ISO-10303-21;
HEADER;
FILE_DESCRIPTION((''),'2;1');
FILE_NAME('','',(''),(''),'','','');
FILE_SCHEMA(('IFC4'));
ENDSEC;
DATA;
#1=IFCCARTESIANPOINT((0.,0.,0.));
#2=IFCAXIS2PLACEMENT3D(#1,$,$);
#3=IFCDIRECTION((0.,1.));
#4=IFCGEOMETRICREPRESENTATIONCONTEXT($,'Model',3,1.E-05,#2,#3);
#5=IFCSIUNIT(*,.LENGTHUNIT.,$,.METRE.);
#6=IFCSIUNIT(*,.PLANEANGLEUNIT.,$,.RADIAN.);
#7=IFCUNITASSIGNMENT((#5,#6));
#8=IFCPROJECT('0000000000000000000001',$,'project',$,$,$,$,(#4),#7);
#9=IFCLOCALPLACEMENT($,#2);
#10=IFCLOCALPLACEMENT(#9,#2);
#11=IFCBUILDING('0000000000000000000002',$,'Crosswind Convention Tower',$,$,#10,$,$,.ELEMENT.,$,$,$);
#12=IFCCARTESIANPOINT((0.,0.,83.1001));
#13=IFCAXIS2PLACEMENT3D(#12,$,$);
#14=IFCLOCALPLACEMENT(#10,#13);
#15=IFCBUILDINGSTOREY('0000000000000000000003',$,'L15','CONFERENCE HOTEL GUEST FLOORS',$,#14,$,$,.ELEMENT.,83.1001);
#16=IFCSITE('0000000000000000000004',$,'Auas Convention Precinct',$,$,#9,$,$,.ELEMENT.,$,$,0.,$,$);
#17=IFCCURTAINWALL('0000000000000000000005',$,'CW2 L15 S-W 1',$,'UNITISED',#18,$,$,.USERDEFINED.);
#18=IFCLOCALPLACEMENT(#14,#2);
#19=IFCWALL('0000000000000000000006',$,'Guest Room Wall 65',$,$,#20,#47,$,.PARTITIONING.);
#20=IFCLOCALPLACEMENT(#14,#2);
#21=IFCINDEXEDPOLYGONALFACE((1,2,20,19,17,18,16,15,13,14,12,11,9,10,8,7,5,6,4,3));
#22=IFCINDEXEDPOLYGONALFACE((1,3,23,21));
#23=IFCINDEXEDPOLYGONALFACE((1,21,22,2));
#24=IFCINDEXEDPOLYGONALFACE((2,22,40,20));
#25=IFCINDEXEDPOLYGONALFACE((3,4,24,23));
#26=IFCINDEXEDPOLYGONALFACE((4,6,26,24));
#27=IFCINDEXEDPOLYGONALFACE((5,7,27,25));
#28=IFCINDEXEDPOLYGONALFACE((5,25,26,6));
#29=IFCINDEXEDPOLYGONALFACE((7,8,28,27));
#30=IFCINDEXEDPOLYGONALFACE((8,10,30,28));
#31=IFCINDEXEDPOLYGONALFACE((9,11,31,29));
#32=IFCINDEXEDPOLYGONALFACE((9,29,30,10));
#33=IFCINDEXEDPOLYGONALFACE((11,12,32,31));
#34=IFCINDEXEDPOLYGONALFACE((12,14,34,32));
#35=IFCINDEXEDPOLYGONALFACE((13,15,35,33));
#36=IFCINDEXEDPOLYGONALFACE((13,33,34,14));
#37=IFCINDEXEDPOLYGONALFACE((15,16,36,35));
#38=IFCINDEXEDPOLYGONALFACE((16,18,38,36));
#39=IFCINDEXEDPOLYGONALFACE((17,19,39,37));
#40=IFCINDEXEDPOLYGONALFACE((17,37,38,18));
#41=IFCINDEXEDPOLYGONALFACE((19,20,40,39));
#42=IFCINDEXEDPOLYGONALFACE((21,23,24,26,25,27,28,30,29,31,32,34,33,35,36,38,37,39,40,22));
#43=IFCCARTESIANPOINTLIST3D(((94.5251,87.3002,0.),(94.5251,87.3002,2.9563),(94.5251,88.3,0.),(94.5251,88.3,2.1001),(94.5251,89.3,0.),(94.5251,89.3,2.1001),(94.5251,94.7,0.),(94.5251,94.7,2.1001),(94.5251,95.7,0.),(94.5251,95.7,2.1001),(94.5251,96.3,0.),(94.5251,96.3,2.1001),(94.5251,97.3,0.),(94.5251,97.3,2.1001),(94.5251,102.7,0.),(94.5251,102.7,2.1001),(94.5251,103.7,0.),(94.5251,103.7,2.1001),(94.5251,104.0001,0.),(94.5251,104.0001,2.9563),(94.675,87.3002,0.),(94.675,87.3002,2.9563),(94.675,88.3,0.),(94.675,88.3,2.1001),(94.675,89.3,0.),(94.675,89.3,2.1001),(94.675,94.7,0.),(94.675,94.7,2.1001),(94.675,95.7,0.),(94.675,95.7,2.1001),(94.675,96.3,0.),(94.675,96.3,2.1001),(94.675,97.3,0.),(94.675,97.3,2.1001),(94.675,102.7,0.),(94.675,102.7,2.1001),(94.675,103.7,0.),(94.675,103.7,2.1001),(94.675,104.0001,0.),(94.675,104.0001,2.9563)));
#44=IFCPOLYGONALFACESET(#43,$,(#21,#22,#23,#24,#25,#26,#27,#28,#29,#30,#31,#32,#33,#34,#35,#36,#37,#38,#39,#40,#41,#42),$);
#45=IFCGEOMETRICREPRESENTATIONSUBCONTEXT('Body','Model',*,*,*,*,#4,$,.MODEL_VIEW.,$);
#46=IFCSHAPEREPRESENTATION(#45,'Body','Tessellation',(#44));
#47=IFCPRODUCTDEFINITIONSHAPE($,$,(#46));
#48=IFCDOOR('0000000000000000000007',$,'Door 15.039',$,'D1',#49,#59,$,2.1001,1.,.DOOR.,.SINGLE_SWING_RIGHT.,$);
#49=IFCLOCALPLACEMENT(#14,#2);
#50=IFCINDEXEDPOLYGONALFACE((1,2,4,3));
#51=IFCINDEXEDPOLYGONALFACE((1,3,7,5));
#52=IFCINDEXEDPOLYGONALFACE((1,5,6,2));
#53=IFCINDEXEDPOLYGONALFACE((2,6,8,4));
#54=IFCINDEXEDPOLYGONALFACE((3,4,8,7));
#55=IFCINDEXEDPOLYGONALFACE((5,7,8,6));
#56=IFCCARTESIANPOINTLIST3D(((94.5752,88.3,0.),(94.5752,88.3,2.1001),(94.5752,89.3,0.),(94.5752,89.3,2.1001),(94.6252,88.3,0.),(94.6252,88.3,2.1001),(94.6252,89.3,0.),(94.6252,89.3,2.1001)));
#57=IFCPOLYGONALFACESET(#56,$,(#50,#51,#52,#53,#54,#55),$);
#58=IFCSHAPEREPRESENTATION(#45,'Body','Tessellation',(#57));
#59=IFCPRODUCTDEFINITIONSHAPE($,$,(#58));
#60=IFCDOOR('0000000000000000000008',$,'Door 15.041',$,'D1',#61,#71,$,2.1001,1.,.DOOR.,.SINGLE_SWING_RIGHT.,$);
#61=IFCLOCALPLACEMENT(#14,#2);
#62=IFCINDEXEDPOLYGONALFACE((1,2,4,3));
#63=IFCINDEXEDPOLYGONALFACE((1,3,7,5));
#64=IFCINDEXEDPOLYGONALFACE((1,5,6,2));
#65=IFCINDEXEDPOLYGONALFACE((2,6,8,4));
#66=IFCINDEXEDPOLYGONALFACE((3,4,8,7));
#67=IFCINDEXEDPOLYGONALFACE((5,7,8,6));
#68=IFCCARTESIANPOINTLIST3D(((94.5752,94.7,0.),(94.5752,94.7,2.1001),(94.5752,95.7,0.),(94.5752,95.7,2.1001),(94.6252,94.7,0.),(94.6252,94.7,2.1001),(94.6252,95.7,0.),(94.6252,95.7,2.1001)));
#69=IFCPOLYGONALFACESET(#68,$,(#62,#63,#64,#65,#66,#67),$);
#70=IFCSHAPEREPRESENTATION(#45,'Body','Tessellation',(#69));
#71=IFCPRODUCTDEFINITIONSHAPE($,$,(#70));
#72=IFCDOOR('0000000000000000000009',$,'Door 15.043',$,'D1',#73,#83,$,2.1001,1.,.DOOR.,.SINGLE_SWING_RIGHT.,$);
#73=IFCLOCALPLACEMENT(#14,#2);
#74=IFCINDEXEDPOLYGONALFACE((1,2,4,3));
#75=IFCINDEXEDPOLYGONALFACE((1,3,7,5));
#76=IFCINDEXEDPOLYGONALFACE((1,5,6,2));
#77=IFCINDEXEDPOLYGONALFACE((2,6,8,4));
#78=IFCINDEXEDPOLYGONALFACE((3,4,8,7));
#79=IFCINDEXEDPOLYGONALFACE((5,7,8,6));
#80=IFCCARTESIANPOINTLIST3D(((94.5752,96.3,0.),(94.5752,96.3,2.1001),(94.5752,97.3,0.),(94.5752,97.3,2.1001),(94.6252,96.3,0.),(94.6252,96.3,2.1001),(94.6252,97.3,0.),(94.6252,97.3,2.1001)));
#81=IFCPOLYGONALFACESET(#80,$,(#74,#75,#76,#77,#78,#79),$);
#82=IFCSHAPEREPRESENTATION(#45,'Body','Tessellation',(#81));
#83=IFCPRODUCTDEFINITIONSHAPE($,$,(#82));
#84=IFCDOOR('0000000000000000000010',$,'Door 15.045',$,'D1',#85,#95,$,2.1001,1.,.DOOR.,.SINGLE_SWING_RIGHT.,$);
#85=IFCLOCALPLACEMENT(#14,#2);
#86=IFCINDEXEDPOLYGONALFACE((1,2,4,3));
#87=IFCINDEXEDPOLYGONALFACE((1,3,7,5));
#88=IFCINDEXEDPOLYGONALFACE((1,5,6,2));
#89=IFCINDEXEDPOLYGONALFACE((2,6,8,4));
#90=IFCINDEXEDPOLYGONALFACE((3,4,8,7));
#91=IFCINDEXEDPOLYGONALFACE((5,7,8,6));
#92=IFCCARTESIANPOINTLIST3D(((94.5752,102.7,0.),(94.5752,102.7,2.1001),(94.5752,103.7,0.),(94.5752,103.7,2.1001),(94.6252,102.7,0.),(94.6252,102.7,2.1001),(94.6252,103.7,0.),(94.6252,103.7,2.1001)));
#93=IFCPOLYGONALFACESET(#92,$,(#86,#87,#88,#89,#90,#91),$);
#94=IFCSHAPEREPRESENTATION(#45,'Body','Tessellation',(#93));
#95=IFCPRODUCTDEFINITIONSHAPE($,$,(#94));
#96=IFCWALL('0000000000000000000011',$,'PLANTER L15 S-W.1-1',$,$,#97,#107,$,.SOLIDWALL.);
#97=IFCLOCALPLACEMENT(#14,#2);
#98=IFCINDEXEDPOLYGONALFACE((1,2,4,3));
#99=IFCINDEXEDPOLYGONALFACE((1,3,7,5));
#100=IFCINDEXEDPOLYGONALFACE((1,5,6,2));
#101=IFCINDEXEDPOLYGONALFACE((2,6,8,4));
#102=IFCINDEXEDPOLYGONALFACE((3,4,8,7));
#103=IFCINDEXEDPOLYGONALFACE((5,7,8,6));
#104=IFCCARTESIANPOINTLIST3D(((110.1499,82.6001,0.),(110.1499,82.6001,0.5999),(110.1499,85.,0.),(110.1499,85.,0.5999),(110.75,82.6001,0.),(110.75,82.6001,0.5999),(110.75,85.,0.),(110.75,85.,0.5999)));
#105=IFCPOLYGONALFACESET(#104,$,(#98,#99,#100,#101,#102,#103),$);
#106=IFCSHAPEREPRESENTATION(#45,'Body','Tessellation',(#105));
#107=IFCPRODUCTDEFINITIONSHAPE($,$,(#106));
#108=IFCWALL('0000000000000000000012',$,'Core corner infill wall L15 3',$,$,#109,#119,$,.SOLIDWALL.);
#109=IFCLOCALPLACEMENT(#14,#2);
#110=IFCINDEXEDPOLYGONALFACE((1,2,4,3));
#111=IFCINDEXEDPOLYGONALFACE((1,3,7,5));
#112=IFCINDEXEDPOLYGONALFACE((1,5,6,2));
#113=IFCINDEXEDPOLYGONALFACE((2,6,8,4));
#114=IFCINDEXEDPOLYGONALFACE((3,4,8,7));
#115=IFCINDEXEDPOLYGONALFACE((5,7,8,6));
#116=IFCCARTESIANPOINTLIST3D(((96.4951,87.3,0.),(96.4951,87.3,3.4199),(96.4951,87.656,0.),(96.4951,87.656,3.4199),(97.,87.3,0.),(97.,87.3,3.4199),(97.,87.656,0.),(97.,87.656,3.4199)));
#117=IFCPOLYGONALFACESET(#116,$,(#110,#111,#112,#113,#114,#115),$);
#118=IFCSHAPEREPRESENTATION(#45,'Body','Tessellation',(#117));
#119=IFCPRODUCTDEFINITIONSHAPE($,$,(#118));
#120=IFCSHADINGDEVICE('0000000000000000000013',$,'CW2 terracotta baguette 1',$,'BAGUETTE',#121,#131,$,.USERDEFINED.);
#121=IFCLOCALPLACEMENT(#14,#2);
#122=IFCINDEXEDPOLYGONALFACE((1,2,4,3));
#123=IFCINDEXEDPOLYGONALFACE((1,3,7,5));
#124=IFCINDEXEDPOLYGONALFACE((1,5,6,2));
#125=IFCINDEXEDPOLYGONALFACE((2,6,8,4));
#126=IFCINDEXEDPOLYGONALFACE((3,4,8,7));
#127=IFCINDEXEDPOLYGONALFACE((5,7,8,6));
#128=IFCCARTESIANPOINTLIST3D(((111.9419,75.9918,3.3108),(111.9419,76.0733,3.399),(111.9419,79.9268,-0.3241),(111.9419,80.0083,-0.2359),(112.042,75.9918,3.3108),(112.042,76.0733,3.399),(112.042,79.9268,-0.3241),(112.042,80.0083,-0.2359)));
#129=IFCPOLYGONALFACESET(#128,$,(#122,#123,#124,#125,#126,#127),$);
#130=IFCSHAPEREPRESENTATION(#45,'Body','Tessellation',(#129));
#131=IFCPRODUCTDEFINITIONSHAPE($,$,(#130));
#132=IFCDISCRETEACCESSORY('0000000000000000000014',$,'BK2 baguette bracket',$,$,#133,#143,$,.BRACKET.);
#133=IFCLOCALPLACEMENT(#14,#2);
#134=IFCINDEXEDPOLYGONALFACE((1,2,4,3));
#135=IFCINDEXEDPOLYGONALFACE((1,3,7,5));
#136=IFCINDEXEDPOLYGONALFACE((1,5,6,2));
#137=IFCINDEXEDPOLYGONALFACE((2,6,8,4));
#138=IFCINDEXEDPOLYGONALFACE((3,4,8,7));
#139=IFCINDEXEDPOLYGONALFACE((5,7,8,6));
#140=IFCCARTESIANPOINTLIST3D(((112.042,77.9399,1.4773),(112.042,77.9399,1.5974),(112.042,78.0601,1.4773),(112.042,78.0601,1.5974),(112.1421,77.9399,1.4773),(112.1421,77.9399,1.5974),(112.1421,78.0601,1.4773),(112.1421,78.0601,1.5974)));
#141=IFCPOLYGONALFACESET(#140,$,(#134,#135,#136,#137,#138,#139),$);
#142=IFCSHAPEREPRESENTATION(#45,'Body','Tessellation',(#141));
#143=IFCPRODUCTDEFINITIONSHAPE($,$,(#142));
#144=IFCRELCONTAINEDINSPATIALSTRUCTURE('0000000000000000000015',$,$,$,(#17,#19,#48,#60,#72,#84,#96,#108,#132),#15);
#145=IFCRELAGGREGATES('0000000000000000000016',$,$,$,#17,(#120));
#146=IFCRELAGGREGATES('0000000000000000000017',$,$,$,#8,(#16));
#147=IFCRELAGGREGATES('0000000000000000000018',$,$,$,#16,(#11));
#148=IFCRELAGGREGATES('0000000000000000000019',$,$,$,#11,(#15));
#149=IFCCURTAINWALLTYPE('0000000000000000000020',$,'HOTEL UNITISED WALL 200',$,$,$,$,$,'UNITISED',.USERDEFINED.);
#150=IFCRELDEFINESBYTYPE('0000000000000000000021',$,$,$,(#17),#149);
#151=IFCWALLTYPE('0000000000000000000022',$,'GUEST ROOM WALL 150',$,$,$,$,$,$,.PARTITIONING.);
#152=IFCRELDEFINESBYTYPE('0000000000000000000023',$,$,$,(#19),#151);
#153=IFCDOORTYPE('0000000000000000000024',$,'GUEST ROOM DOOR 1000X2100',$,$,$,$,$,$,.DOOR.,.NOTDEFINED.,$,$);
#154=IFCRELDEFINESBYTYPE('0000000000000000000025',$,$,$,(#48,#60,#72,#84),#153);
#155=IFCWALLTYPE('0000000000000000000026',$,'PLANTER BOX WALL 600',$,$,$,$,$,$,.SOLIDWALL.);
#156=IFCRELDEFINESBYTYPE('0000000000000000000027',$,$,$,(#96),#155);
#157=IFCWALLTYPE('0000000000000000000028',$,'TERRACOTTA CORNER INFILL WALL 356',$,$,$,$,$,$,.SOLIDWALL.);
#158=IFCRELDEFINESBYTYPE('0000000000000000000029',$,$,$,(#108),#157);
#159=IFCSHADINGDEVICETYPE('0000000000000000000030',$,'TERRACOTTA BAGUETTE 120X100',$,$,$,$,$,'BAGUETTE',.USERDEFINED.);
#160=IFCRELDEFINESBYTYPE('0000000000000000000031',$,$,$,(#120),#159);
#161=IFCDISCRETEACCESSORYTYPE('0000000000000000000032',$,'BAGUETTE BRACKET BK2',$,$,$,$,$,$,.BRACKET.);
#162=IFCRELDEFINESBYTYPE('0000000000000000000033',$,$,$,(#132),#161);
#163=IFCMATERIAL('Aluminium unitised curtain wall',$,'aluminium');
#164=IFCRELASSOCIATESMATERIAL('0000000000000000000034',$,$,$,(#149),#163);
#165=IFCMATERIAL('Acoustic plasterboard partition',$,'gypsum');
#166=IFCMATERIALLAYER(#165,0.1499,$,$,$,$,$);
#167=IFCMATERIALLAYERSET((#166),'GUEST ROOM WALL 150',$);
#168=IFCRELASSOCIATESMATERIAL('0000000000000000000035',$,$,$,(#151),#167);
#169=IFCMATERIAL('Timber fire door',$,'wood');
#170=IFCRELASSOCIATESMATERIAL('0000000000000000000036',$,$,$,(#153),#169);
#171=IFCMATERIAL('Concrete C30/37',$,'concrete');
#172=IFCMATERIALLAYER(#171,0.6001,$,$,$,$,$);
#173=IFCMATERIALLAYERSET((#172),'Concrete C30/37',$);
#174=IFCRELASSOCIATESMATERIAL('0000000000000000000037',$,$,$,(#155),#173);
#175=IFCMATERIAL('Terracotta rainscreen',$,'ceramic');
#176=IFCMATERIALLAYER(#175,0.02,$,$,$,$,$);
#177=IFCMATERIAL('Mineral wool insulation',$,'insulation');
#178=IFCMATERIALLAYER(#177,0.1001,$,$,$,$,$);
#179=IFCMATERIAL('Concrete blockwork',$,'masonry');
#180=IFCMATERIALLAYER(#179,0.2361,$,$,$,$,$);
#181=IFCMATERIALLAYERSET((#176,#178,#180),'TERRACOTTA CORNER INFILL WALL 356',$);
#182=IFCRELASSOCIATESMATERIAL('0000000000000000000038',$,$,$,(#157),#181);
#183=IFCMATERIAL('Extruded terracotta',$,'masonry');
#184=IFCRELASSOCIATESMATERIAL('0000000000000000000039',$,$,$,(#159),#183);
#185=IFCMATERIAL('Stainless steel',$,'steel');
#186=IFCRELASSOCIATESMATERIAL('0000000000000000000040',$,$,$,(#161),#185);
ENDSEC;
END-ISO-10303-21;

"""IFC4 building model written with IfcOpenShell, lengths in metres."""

from ifc_helpers import new_model, si_unit, direction, frame, frame_2d, origin, origin_2d, place, context, subcontext, project, spatial, rectangle, extrude, material, layer, layer_set, material_profile, profile_set, type_object, element, fill, aggregate, save


model = new_model("IFC4")

# Units and contexts
model_context = context("Model", 3, precision=1e-05, world=origin(), true_north=direction((0.0, 1.0)))
body_context = subcontext(model_context, "Body", "Model", "MODEL_VIEW")
ifc_project = project(units=[si_unit("LENGTHUNIT", "METRE"), si_unit("PLANEANGLEUNIT", "RADIAN")], contexts=[model_context])

# Site, building, storey
site_placement = place(None, origin())
site = spatial("IfcSite", under=ifc_project, at=site_placement, Name="Auas Convention Precinct", CompositionType="ELEMENT", RefElevation=0.0)
building_placement = place(site_placement, origin())
building = spatial("IfcBuilding", under=site, at=building_placement, Name="Crosswind Convention Tower", CompositionType="ELEMENT")
storey_placement = place(building_placement, frame((0.0, 0.0, 83.1001)))
storey = spatial("IfcBuildingStorey", under=building, at=storey_placement, Name="L15", Description="CONFERENCE HOTEL GUEST FLOORS", CompositionType="ELEMENT", Elevation=83.1001)

# Shared definitions
ifc_material_1 = material(Name="Aluminium unitised curtain wall", Category="aluminium")

# Curtain wall
curtain_wall_type_1 = type_object("IfcCurtainWallType", Name="HOTEL UNITISED WALL 200", ElementType="UNITISED", PredefinedType="USERDEFINED", material=ifc_material_1)
curtain_wall_1_placement = place(storey_placement, origin())
curtain_wall_1 = element("IfcCurtainWall", 1, at=curtain_wall_1_placement, inside=storey, type_object=curtain_wall_type_1, Name="CW2 L15 S-W 1", ObjectType="UNITISED", PredefinedType="USERDEFINED")

# Wall, openings, doors
ifc_material_2 = material(Name="Acoustic plasterboard partition", Category="gypsum")
ifc_layer_1 = layer(ifc_material_2, 0.1499)
ifc_layer_set_1 = layer_set([ifc_layer_1], Name="GUEST ROOM WALL 150")
wall_type_1 = type_object("IfcWallType", Name="GUEST ROOM WALL 150", PredefinedType="PARTITIONING", material=ifc_layer_set_1)
wall_1_placement = place(storey_placement, frame((94.6001, 87.3, 0.0), z_axis=(0.0, 0.0, 1.0), x_axis=(0.0, 1.0, 0.0)))
wall_1 = element("IfcWall", 2, at=wall_1_placement, inside=storey, type_object=wall_type_1, Name="Guest Room Wall 65", PredefinedType="PARTITIONING", context=body_context, shape_type="SweptSolid", body=[
    extrude(rectangle(XDim=16.7, YDim=0.1499, at=frame_2d((8.3501, 0.0))), origin(), (0.0, 0.0, 1.0), 2.9563),
])
opening_1_placement = place(wall_1_placement, frame((1.0, 0.0, 0.0)))
opening_1 = element("IfcOpeningElement", 3, at=opening_1_placement, cuts=wall_1, PredefinedType="OPENING", context=body_context, shape_type="SweptSolid", body=[
    extrude(rectangle(XDim=1.0, YDim=2.1001, at=frame_2d((0.5, 1.05))), frame((0.0, 0.085, 0.0), z_axis=(0.0, -1.0, 0.0), x_axis=(1.0, 0.0, 0.0)), (0.0, 0.0, 1.0), 0.1699),
])
opening_2_placement = place(wall_1_placement, frame((7.3999, 0.0, 0.0)))
opening_2 = element("IfcOpeningElement", 4, at=opening_2_placement, cuts=wall_1, PredefinedType="OPENING", context=body_context, shape_type="SweptSolid", body=[
    extrude(rectangle(XDim=1.0, YDim=2.1001, at=frame_2d((0.5, 1.05))), frame((0.0, 0.085, 0.0), z_axis=(0.0, -1.0, 0.0), x_axis=(1.0, 0.0, 0.0)), (0.0, 0.0, 1.0), 0.1699),
])
opening_3_placement = place(wall_1_placement, frame((9.0, 0.0, 0.0)))
opening_3 = element("IfcOpeningElement", 5, at=opening_3_placement, cuts=wall_1, PredefinedType="OPENING", context=body_context, shape_type="SweptSolid", body=[
    extrude(rectangle(XDim=1.0, YDim=2.1001, at=frame_2d((0.5, 1.05))), frame((0.0, 0.085, 0.0), z_axis=(0.0, -1.0, 0.0), x_axis=(1.0, 0.0, 0.0)), (0.0, 0.0, 1.0), 0.1699),
])
opening_4_placement = place(wall_1_placement, frame((15.3999, 0.0, 0.0)))
opening_4 = element("IfcOpeningElement", 6, at=opening_4_placement, cuts=wall_1, PredefinedType="OPENING", context=body_context, shape_type="SweptSolid", body=[
    extrude(rectangle(XDim=1.0, YDim=2.1001, at=frame_2d((0.5, 1.05))), frame((0.0, 0.085, 0.0), z_axis=(0.0, -1.0, 0.0), x_axis=(1.0, 0.0, 0.0)), (0.0, 0.0, 1.0), 0.1699),
])
ifc_material_3 = material(Name="Timber fire door", Category="wood")
door_type = type_object("IfcDoorType", Name="GUEST ROOM DOOR 1000X2100", OperationType="NOTDEFINED", PredefinedType="DOOR", material=ifc_material_3)
door_1_placement = place(opening_1_placement, origin())
door_1 = element("IfcDoor", 7, at=door_1_placement, inside=storey, type_object=door_type, Name="Door 15.039", ObjectType="D1", OperationType="SINGLE_SWING_RIGHT", OverallHeight=2.1001, OverallWidth=1.0, PredefinedType="DOOR", context=body_context, shape_type="SweptSolid", body=[
    extrude(rectangle(XDim=1.0, YDim=2.1001, at=frame_2d((0.5, 1.05))), frame((0.0, 0.0249, 0.0), z_axis=(0.0, -1.0, 0.0), x_axis=(1.0, 0.0, 0.0)), (0.0, 0.0, 1.0), 0.05),
])
fill(opening_1, door_1)
door_2_placement = place(opening_2_placement, origin())
door_2 = element("IfcDoor", 8, at=door_2_placement, inside=storey, type_object=door_type, Name="Door 15.041", ObjectType="D1", OperationType="SINGLE_SWING_RIGHT", OverallHeight=2.1001, OverallWidth=1.0, PredefinedType="DOOR", context=body_context, shape_type="SweptSolid", body=[
    extrude(rectangle(XDim=1.0, YDim=2.1001, at=frame_2d((0.5, 1.05))), frame((0.0, 0.0249, 0.0), z_axis=(0.0, -1.0, 0.0), x_axis=(1.0, 0.0, 0.0)), (0.0, 0.0, 1.0), 0.05),
])
fill(opening_2, door_2)
door_3_placement = place(opening_3_placement, origin())
door_3 = element("IfcDoor", 9, at=door_3_placement, inside=storey, type_object=door_type, Name="Door 15.043", ObjectType="D1", OperationType="SINGLE_SWING_RIGHT", OverallHeight=2.1001, OverallWidth=1.0, PredefinedType="DOOR", context=body_context, shape_type="SweptSolid", body=[
    extrude(rectangle(XDim=1.0, YDim=2.1001, at=frame_2d((0.5, 1.05))), frame((0.0, 0.0249, 0.0), z_axis=(0.0, -1.0, 0.0), x_axis=(1.0, 0.0, 0.0)), (0.0, 0.0, 1.0), 0.05),
])
fill(opening_3, door_3)
door_4_placement = place(opening_4_placement, origin())
door_4 = element("IfcDoor", 10, at=door_4_placement, inside=storey, type_object=door_type, Name="Door 15.045", ObjectType="D1", OperationType="SINGLE_SWING_RIGHT", OverallHeight=2.1001, OverallWidth=1.0, PredefinedType="DOOR", context=body_context, shape_type="SweptSolid", body=[
    extrude(rectangle(XDim=1.0, YDim=2.1001, at=frame_2d((0.5, 1.05))), frame((0.0, 0.0249, 0.0), z_axis=(0.0, -1.0, 0.0), x_axis=(1.0, 0.0, 0.0)), (0.0, 0.0, 1.0), 0.05),
])
fill(opening_4, door_4)

# Walls
ifc_material_4 = material(Name="Concrete C30/37", Category="concrete")
ifc_layer_2 = layer(ifc_material_4, 0.6001)
ifc_layer_set_2 = layer_set([ifc_layer_2], Name="Concrete C30/37")
wall_type_2 = type_object("IfcWallType", Name="PLANTER BOX WALL 600", PredefinedType="SOLIDWALL", material=ifc_layer_set_2)
wall_2_placement = place(storey_placement, frame((110.45, 85.0, 0.0), z_axis=(0.0, 0.0, 1.0), x_axis=(0.0, -1.0, 0.0)))
element("IfcWall", 11, at=wall_2_placement, inside=storey, type_object=wall_type_2, Name="PLANTER L15 S-W.1-1", PredefinedType="SOLIDWALL", context=body_context, shape_type="SweptSolid", body=[
    extrude(rectangle(XDim=2.3999, YDim=0.6001, at=frame_2d((1.2, 0.0))), origin(), (0.0, 0.0, 1.0), 0.5999),
])
ifc_material_5 = material(Name="Terracotta rainscreen", Category="ceramic")
ifc_layer_3 = layer(ifc_material_5, 0.02)
ifc_material_6 = material(Name="Mineral wool insulation", Category="insulation")
ifc_layer_4 = layer(ifc_material_6, 0.1001)
ifc_material_7 = material(Name="Concrete blockwork", Category="masonry")
ifc_layer_5 = layer(ifc_material_7, 0.2361)
ifc_layer_set_3 = layer_set([ifc_layer_3, ifc_layer_4, ifc_layer_5], Name="TERRACOTTA CORNER INFILL WALL 356")
wall_type_3 = type_object("IfcWallType", Name="TERRACOTTA CORNER INFILL WALL 356", PredefinedType="SOLIDWALL", material=ifc_layer_set_3)
wall_3_placement = place(storey_placement, frame((96.4951, 87.478, 0.0), z_axis=(0.0, 0.0, 1.0), x_axis=(1.0, 0.0, 0.0)))
element("IfcWall", 12, at=wall_3_placement, inside=storey, type_object=wall_type_3, Name="Core corner infill wall L15 3", PredefinedType="SOLIDWALL", context=body_context, shape_type="SweptSolid", body=[
    extrude(rectangle(XDim=0.5049, YDim=0.356, at=frame_2d((0.2524, 0.0))), origin(), (0.0, 0.0, 1.0), 3.4199),
])

# Shading device
ifc_material_8 = material(Name="Extruded terracotta", Category="masonry")
ifc_material_profile_1 = material_profile(ifc_material_8, rectangle(XDim=0.1001, YDim=0.1201, at=origin_2d()), Name="TC 100X120")
ifc_profile_set_1 = profile_set([ifc_material_profile_1], Name="Extruded terracotta")
shading_device_type = type_object("IfcShadingDeviceType", Name="TERRACOTTA BAGUETTE 120X100", ElementType="BAGUETTE", PredefinedType="USERDEFINED", material=ifc_profile_set_1)
shading_device_placement = place(storey_placement, frame((111.9919, 79.9675, -0.28), z_axis=(0.0, -0.734557, 0.678547), x_axis=(1.0, 0.0, 0.0)))
shading_device = element("IfcShadingDevice", 13, at=shading_device_placement, type_object=shading_device_type, Name="CW2 terracotta baguette 1", ObjectType="BAGUETTE", PredefinedType="USERDEFINED", context=body_context, shape_type="SweptSolid", body=[
    extrude(rectangle(XDim=0.1001, YDim=0.1201, at=origin_2d()), origin(), (0.0, 0.0, 1.0), 5.3569),
])
aggregate(curtain_wall_1, [shading_device])

# Discrete accessory
ifc_material_9 = material(Name="Stainless steel", Category="steel")
discrete_accessory_type = type_object("IfcDiscreteAccessoryType", Name="BAGUETTE BRACKET BK2", PredefinedType="BRACKET", material=ifc_material_9)
discrete_accessory_placement = place(storey_placement, frame((112.092, 78.0, 1.4773), z_axis=(0.0, 0.0, 1.0), x_axis=(0.0, -1.0, 0.0)))
element("IfcDiscreteAccessory", 14, at=discrete_accessory_placement, inside=storey, type_object=discrete_accessory_type, Name="BK2 baguette bracket", PredefinedType="BRACKET", context=body_context, shape_type="SweptSolid", body=[
    extrude(rectangle(XDim=0.1201, YDim=0.1001, at=origin_2d()), origin(), (0.0, 0.0, 1.0), 0.1201),
])

save(model, "model.ifc")
